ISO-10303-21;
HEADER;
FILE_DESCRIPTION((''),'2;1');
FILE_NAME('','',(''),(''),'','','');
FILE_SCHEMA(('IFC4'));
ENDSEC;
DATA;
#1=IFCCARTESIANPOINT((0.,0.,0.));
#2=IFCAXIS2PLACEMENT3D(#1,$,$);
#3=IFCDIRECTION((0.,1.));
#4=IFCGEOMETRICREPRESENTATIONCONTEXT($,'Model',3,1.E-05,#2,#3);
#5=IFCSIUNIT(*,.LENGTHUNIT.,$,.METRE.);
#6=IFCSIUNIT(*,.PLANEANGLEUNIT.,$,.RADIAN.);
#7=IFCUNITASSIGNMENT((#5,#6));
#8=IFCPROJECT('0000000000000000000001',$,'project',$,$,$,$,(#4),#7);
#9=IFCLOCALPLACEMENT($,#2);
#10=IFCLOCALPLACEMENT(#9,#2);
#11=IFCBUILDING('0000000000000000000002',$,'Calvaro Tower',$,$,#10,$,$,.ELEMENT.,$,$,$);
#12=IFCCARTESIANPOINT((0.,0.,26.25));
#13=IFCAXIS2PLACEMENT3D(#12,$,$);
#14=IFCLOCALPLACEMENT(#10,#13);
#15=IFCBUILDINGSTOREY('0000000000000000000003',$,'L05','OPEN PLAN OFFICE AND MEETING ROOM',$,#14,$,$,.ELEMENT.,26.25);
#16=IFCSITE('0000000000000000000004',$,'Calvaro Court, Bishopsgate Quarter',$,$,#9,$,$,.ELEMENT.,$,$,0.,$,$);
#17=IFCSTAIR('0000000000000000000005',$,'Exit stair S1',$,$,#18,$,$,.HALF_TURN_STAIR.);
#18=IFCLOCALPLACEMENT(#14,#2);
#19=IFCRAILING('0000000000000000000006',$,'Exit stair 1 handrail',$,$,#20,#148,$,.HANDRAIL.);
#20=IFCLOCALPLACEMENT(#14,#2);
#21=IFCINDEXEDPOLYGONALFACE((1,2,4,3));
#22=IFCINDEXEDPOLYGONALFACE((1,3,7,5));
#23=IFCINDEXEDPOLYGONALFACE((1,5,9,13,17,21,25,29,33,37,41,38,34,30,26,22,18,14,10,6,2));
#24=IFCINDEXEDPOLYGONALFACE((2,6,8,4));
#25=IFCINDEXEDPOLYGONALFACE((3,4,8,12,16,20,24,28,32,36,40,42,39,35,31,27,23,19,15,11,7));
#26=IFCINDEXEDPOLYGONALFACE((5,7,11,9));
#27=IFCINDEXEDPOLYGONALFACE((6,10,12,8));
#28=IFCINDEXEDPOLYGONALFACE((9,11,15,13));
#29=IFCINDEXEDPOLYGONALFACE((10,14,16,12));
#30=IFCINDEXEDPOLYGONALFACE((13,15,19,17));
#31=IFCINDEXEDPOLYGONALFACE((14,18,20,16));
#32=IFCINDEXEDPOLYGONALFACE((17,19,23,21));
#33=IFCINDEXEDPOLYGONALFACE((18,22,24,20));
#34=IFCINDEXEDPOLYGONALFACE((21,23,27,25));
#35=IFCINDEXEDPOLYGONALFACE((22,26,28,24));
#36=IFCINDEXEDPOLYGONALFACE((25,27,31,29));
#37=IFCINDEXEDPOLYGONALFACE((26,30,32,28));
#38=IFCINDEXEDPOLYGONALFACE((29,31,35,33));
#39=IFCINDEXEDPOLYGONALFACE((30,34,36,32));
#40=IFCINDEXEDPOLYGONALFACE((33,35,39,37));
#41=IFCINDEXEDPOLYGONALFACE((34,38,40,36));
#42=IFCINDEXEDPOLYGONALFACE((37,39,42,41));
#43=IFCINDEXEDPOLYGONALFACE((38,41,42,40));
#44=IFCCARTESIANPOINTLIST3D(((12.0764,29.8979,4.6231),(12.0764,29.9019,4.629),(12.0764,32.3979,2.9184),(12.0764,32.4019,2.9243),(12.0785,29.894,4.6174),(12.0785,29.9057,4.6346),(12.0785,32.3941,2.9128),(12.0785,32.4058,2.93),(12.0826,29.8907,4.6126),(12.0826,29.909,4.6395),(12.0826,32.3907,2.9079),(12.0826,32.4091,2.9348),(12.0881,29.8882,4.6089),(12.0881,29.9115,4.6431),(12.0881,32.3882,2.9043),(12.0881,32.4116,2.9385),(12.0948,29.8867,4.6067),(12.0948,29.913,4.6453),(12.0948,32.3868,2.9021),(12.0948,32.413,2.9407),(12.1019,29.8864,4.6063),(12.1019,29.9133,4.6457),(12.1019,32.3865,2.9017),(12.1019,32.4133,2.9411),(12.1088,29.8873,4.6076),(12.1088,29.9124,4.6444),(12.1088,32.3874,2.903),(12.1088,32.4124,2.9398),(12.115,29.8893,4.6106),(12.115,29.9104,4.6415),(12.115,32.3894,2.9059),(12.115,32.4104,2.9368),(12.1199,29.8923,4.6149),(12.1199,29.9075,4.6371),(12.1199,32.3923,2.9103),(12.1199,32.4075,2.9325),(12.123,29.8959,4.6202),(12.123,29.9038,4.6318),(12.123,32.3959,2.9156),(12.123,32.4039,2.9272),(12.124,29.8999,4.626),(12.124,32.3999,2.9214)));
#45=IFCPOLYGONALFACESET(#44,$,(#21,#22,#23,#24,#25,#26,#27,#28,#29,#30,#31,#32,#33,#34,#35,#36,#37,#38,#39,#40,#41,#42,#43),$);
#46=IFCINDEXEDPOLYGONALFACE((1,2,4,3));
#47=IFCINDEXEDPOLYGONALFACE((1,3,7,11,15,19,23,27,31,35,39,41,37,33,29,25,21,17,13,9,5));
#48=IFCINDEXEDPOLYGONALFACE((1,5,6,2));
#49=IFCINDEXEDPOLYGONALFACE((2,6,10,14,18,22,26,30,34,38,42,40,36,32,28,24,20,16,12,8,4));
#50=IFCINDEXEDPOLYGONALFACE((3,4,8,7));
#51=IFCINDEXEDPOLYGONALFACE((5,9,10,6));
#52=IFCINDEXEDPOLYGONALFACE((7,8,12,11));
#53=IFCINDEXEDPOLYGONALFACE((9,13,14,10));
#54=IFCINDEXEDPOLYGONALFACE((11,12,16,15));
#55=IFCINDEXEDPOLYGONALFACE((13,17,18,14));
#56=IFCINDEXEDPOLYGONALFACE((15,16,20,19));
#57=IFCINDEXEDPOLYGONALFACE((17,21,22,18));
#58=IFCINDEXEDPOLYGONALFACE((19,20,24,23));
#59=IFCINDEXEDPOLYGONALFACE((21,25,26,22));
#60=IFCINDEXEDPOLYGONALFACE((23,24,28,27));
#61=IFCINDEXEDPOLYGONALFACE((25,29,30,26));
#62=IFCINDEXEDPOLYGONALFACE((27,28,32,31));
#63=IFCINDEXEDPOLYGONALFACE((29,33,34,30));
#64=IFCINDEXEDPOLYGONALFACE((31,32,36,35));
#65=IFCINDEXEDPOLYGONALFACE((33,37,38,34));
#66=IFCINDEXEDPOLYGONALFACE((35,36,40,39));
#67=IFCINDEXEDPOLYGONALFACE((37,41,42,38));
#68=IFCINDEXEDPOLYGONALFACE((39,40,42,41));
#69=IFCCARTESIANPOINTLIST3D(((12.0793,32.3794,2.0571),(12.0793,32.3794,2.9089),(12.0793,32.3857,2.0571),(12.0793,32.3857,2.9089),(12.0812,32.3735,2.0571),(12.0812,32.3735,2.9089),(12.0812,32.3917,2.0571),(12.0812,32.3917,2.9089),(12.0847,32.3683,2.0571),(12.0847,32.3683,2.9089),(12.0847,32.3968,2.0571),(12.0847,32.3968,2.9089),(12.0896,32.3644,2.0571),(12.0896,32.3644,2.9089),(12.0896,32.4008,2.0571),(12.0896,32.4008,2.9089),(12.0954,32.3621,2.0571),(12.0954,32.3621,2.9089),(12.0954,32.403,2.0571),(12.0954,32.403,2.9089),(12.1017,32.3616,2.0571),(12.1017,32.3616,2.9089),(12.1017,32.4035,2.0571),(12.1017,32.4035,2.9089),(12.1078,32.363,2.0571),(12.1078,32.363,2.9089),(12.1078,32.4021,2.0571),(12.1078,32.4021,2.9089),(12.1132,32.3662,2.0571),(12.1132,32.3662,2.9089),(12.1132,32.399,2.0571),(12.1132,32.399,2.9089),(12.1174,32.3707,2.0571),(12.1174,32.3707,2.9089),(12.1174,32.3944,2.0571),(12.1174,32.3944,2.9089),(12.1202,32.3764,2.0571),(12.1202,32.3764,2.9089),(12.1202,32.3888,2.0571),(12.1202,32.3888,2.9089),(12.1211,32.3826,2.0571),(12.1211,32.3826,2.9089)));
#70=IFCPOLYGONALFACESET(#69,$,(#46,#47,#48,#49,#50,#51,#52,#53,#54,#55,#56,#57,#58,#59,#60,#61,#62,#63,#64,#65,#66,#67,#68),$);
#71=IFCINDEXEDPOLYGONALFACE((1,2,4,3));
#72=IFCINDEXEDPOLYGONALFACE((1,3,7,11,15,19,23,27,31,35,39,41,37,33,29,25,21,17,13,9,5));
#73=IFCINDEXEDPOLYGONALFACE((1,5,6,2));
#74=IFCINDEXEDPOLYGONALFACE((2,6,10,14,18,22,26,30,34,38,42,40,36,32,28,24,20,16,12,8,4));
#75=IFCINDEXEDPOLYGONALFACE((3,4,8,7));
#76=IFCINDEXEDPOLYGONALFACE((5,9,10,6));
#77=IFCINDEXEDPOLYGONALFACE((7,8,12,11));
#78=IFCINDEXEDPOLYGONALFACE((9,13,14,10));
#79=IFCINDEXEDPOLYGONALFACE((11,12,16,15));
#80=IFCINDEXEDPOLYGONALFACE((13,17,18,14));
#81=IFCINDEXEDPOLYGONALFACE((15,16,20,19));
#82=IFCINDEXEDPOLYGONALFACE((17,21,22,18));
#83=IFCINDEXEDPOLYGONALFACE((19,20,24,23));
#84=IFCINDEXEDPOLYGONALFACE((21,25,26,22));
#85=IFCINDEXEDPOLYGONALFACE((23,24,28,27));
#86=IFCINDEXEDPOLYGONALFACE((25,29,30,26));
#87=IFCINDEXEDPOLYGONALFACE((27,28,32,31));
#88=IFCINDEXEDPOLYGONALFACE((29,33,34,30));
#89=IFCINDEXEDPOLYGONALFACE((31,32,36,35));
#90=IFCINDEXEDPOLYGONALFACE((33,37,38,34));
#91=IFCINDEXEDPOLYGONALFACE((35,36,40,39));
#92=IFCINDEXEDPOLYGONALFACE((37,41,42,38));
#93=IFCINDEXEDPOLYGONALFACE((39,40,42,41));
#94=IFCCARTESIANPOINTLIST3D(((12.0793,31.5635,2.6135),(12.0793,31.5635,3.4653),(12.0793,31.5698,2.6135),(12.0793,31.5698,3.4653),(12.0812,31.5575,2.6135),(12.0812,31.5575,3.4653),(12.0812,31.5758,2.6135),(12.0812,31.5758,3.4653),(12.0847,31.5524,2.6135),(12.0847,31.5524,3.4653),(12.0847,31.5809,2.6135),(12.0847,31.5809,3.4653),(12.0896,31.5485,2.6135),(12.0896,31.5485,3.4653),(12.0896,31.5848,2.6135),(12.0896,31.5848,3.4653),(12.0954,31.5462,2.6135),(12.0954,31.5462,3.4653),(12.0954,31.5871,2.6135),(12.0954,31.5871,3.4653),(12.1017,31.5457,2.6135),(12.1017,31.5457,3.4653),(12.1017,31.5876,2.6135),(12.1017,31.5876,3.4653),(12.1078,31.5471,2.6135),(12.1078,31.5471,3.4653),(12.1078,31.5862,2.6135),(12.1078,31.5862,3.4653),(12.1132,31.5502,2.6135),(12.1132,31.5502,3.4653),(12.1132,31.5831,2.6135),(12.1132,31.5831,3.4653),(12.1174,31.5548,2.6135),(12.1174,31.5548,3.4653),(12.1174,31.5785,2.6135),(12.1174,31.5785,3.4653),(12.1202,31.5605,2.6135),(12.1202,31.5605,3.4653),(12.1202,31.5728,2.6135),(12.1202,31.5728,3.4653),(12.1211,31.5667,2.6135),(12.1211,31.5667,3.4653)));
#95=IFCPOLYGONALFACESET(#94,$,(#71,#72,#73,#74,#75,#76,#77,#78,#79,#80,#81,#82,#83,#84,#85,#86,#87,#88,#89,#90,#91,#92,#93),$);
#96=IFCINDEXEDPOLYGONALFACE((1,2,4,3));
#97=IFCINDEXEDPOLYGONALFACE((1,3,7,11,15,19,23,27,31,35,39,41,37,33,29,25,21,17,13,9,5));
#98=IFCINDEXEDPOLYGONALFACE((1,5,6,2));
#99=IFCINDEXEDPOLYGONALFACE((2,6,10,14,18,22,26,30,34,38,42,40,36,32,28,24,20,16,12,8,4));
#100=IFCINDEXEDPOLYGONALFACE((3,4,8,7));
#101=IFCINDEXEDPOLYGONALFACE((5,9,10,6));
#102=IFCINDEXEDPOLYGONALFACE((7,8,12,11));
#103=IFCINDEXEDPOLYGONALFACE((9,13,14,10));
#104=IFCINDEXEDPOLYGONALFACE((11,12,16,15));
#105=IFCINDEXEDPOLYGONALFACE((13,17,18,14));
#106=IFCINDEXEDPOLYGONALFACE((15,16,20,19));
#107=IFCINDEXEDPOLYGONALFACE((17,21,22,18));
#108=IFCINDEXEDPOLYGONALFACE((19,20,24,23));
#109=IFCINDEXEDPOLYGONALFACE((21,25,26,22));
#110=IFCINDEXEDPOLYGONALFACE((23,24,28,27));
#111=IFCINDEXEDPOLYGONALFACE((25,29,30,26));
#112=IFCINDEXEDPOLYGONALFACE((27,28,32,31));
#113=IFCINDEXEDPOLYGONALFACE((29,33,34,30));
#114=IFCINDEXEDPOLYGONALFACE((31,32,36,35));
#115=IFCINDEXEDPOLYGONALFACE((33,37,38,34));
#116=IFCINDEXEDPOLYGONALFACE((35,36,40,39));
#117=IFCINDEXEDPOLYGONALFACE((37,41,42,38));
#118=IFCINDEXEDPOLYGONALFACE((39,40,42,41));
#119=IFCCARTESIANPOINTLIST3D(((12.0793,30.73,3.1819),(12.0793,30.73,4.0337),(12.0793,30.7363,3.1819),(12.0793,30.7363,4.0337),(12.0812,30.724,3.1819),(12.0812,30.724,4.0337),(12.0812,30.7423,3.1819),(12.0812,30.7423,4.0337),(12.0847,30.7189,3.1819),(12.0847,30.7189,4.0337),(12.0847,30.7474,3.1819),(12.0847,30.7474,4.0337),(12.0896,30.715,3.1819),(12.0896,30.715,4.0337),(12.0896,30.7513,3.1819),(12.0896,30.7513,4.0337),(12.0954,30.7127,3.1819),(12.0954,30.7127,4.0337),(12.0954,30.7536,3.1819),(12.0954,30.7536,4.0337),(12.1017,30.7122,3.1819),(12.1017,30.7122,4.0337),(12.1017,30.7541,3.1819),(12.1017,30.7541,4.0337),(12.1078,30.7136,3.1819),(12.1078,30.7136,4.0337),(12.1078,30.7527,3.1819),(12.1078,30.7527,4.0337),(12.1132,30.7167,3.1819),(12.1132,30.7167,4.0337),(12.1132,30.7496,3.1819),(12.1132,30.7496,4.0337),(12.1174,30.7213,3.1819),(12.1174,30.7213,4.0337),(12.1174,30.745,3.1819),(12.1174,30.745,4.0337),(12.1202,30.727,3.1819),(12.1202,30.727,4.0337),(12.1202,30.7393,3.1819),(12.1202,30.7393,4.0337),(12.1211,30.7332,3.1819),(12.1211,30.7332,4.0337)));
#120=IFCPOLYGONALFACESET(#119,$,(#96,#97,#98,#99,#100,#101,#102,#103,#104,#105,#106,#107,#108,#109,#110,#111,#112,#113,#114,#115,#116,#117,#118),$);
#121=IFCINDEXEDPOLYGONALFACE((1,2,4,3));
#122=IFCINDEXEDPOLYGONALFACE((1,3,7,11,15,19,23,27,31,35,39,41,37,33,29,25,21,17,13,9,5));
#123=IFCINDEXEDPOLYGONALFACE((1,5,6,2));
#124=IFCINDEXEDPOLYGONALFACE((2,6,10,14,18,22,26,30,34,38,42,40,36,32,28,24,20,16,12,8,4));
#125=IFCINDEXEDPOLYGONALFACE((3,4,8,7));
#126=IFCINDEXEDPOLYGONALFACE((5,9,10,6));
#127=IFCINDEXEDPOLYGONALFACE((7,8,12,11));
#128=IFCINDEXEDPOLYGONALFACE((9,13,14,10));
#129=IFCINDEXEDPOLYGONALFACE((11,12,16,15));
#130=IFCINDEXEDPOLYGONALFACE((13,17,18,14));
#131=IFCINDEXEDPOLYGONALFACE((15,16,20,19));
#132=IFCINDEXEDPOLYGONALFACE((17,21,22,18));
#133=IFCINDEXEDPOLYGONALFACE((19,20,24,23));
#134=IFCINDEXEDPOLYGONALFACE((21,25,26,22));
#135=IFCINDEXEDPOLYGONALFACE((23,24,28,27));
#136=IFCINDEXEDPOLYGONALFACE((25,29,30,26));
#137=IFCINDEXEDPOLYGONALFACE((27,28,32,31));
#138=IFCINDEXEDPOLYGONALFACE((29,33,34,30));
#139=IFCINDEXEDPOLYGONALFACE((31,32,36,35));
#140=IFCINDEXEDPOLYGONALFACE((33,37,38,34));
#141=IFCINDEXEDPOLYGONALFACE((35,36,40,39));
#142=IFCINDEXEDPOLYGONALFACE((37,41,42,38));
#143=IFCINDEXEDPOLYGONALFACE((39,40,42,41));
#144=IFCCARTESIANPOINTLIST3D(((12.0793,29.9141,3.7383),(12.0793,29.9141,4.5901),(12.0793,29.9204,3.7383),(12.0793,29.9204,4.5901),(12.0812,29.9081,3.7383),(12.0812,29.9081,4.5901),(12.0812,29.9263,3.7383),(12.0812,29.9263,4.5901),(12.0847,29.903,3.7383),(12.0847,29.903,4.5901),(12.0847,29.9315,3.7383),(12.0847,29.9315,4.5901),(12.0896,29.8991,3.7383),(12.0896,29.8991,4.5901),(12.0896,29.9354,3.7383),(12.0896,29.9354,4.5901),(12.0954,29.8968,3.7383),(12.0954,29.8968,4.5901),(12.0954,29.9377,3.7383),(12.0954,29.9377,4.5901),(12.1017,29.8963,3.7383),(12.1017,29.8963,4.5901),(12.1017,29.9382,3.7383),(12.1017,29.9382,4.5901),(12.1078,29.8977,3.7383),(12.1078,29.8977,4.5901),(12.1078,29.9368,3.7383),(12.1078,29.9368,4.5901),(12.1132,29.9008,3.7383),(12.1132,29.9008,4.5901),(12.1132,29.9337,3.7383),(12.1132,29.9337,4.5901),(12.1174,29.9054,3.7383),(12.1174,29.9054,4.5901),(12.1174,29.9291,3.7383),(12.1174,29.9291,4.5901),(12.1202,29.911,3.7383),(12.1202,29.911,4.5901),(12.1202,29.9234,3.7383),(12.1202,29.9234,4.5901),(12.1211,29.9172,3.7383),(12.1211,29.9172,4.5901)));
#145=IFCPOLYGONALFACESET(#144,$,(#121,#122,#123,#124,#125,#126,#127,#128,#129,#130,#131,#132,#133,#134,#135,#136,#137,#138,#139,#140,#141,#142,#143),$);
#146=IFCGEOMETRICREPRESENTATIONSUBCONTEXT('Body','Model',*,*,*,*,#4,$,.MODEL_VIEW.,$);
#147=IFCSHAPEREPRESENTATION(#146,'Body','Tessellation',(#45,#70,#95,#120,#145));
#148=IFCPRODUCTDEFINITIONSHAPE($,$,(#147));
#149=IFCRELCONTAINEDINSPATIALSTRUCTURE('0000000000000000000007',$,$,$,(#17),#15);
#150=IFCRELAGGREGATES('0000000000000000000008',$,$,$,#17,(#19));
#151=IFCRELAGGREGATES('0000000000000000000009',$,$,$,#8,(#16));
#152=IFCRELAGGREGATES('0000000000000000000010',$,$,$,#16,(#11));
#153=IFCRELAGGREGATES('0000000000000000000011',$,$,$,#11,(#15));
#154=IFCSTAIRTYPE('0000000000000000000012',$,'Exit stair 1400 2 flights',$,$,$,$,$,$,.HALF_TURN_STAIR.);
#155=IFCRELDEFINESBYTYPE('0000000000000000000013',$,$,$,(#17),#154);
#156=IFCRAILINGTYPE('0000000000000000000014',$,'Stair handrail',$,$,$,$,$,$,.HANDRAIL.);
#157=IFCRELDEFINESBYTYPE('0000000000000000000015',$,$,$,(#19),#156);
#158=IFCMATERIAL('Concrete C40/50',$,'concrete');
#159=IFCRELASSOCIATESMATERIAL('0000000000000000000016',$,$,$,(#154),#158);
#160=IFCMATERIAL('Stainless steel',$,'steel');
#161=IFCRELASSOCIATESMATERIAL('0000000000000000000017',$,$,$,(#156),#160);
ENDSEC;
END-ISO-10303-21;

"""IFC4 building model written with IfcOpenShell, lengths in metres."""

from ifc_helpers import new_model, si_unit, direction, frame, origin, origin_2d, place, context, subcontext, project, spatial, circle, extrude, material, type_object, element, aggregate, save


model = new_model("IFC4")

# Units and contexts
model_context = context("Model", 3, precision=1e-05, world=origin(), true_north=direction((0.0, 1.0)))
body_context = subcontext(model_context, "Body", "Model", "MODEL_VIEW")
ifc_project = project(units=[si_unit("LENGTHUNIT", "METRE"), si_unit("PLANEANGLEUNIT", "RADIAN")], contexts=[model_context])

# Site, building, storey
site_placement = place(None, origin())
site = spatial("IfcSite", under=ifc_project, at=site_placement, Name="Calvaro Court, Bishopsgate Quarter", CompositionType="ELEMENT", RefElevation=0.0)
building_placement = place(site_placement, origin())
building = spatial("IfcBuilding", under=site, at=building_placement, Name="Calvaro Tower", CompositionType="ELEMENT")
storey_placement = place(building_placement, frame((0.0, 0.0, 26.25)))
storey = spatial("IfcBuildingStorey", under=building, at=storey_placement, Name="L05", Description="OPEN PLAN OFFICE AND MEETING ROOM", CompositionType="ELEMENT", Elevation=26.25)

# Stair, railing
ifc_material_1 = material(Name="Concrete C40/50", Category="concrete")
stair_type = type_object("IfcStairType", Name="Exit stair 1400 2 flights", PredefinedType="HALF_TURN_STAIR", material=ifc_material_1)
stair_placement = place(storey_placement, origin())
stair = element("IfcStair", 1, at=stair_placement, inside=storey, type_object=stair_type, Name="Exit stair S1", PredefinedType="HALF_TURN_STAIR")
ifc_material_2 = material(Name="Stainless steel", Category="steel")
railing_type = type_object("IfcRailingType", Name="Stair handrail", PredefinedType="HANDRAIL", material=ifc_material_2)
railing_1_placement = place(storey_placement, frame((12.1001, 32.3999, 2.0454)))
railing_1 = element("IfcRailing", 2, at=railing_1_placement, type_object=railing_type, Name="Exit stair 1 handrail", PredefinedType="HANDRAIL", context=body_context, shape_type="SweptSolid", body=[
    extrude(circle(Radius=0.0239, at=origin_2d()), frame((0.0, 0.0, 0.876), z_axis=(0.0, -0.826221, 0.563347), x_axis=(1.0, 0.0, 0.0)), (0.0, 0.0, 1.0), 3.0259),
    extrude(circle(Radius=0.021, at=origin_2d()), frame((0.0, -0.0173, 0.0117)), (0.0, 0.0, 1.0), 0.8518),
    extrude(circle(Radius=0.021, at=origin_2d()), frame((0.0, -0.8333, 0.5681)), (0.0, 0.0, 1.0), 0.8518),
    extrude(circle(Radius=0.021, at=origin_2d()), frame((0.0, -1.6667, 1.1365)), (0.0, 0.0, 1.0), 0.8518),
    extrude(circle(Radius=0.021, at=origin_2d()), frame((0.0, -2.4827, 1.6929)), (0.0, 0.0, 1.0), 0.8518),
])
aggregate(stair, [railing_1])

save(model, "model.ifc")
